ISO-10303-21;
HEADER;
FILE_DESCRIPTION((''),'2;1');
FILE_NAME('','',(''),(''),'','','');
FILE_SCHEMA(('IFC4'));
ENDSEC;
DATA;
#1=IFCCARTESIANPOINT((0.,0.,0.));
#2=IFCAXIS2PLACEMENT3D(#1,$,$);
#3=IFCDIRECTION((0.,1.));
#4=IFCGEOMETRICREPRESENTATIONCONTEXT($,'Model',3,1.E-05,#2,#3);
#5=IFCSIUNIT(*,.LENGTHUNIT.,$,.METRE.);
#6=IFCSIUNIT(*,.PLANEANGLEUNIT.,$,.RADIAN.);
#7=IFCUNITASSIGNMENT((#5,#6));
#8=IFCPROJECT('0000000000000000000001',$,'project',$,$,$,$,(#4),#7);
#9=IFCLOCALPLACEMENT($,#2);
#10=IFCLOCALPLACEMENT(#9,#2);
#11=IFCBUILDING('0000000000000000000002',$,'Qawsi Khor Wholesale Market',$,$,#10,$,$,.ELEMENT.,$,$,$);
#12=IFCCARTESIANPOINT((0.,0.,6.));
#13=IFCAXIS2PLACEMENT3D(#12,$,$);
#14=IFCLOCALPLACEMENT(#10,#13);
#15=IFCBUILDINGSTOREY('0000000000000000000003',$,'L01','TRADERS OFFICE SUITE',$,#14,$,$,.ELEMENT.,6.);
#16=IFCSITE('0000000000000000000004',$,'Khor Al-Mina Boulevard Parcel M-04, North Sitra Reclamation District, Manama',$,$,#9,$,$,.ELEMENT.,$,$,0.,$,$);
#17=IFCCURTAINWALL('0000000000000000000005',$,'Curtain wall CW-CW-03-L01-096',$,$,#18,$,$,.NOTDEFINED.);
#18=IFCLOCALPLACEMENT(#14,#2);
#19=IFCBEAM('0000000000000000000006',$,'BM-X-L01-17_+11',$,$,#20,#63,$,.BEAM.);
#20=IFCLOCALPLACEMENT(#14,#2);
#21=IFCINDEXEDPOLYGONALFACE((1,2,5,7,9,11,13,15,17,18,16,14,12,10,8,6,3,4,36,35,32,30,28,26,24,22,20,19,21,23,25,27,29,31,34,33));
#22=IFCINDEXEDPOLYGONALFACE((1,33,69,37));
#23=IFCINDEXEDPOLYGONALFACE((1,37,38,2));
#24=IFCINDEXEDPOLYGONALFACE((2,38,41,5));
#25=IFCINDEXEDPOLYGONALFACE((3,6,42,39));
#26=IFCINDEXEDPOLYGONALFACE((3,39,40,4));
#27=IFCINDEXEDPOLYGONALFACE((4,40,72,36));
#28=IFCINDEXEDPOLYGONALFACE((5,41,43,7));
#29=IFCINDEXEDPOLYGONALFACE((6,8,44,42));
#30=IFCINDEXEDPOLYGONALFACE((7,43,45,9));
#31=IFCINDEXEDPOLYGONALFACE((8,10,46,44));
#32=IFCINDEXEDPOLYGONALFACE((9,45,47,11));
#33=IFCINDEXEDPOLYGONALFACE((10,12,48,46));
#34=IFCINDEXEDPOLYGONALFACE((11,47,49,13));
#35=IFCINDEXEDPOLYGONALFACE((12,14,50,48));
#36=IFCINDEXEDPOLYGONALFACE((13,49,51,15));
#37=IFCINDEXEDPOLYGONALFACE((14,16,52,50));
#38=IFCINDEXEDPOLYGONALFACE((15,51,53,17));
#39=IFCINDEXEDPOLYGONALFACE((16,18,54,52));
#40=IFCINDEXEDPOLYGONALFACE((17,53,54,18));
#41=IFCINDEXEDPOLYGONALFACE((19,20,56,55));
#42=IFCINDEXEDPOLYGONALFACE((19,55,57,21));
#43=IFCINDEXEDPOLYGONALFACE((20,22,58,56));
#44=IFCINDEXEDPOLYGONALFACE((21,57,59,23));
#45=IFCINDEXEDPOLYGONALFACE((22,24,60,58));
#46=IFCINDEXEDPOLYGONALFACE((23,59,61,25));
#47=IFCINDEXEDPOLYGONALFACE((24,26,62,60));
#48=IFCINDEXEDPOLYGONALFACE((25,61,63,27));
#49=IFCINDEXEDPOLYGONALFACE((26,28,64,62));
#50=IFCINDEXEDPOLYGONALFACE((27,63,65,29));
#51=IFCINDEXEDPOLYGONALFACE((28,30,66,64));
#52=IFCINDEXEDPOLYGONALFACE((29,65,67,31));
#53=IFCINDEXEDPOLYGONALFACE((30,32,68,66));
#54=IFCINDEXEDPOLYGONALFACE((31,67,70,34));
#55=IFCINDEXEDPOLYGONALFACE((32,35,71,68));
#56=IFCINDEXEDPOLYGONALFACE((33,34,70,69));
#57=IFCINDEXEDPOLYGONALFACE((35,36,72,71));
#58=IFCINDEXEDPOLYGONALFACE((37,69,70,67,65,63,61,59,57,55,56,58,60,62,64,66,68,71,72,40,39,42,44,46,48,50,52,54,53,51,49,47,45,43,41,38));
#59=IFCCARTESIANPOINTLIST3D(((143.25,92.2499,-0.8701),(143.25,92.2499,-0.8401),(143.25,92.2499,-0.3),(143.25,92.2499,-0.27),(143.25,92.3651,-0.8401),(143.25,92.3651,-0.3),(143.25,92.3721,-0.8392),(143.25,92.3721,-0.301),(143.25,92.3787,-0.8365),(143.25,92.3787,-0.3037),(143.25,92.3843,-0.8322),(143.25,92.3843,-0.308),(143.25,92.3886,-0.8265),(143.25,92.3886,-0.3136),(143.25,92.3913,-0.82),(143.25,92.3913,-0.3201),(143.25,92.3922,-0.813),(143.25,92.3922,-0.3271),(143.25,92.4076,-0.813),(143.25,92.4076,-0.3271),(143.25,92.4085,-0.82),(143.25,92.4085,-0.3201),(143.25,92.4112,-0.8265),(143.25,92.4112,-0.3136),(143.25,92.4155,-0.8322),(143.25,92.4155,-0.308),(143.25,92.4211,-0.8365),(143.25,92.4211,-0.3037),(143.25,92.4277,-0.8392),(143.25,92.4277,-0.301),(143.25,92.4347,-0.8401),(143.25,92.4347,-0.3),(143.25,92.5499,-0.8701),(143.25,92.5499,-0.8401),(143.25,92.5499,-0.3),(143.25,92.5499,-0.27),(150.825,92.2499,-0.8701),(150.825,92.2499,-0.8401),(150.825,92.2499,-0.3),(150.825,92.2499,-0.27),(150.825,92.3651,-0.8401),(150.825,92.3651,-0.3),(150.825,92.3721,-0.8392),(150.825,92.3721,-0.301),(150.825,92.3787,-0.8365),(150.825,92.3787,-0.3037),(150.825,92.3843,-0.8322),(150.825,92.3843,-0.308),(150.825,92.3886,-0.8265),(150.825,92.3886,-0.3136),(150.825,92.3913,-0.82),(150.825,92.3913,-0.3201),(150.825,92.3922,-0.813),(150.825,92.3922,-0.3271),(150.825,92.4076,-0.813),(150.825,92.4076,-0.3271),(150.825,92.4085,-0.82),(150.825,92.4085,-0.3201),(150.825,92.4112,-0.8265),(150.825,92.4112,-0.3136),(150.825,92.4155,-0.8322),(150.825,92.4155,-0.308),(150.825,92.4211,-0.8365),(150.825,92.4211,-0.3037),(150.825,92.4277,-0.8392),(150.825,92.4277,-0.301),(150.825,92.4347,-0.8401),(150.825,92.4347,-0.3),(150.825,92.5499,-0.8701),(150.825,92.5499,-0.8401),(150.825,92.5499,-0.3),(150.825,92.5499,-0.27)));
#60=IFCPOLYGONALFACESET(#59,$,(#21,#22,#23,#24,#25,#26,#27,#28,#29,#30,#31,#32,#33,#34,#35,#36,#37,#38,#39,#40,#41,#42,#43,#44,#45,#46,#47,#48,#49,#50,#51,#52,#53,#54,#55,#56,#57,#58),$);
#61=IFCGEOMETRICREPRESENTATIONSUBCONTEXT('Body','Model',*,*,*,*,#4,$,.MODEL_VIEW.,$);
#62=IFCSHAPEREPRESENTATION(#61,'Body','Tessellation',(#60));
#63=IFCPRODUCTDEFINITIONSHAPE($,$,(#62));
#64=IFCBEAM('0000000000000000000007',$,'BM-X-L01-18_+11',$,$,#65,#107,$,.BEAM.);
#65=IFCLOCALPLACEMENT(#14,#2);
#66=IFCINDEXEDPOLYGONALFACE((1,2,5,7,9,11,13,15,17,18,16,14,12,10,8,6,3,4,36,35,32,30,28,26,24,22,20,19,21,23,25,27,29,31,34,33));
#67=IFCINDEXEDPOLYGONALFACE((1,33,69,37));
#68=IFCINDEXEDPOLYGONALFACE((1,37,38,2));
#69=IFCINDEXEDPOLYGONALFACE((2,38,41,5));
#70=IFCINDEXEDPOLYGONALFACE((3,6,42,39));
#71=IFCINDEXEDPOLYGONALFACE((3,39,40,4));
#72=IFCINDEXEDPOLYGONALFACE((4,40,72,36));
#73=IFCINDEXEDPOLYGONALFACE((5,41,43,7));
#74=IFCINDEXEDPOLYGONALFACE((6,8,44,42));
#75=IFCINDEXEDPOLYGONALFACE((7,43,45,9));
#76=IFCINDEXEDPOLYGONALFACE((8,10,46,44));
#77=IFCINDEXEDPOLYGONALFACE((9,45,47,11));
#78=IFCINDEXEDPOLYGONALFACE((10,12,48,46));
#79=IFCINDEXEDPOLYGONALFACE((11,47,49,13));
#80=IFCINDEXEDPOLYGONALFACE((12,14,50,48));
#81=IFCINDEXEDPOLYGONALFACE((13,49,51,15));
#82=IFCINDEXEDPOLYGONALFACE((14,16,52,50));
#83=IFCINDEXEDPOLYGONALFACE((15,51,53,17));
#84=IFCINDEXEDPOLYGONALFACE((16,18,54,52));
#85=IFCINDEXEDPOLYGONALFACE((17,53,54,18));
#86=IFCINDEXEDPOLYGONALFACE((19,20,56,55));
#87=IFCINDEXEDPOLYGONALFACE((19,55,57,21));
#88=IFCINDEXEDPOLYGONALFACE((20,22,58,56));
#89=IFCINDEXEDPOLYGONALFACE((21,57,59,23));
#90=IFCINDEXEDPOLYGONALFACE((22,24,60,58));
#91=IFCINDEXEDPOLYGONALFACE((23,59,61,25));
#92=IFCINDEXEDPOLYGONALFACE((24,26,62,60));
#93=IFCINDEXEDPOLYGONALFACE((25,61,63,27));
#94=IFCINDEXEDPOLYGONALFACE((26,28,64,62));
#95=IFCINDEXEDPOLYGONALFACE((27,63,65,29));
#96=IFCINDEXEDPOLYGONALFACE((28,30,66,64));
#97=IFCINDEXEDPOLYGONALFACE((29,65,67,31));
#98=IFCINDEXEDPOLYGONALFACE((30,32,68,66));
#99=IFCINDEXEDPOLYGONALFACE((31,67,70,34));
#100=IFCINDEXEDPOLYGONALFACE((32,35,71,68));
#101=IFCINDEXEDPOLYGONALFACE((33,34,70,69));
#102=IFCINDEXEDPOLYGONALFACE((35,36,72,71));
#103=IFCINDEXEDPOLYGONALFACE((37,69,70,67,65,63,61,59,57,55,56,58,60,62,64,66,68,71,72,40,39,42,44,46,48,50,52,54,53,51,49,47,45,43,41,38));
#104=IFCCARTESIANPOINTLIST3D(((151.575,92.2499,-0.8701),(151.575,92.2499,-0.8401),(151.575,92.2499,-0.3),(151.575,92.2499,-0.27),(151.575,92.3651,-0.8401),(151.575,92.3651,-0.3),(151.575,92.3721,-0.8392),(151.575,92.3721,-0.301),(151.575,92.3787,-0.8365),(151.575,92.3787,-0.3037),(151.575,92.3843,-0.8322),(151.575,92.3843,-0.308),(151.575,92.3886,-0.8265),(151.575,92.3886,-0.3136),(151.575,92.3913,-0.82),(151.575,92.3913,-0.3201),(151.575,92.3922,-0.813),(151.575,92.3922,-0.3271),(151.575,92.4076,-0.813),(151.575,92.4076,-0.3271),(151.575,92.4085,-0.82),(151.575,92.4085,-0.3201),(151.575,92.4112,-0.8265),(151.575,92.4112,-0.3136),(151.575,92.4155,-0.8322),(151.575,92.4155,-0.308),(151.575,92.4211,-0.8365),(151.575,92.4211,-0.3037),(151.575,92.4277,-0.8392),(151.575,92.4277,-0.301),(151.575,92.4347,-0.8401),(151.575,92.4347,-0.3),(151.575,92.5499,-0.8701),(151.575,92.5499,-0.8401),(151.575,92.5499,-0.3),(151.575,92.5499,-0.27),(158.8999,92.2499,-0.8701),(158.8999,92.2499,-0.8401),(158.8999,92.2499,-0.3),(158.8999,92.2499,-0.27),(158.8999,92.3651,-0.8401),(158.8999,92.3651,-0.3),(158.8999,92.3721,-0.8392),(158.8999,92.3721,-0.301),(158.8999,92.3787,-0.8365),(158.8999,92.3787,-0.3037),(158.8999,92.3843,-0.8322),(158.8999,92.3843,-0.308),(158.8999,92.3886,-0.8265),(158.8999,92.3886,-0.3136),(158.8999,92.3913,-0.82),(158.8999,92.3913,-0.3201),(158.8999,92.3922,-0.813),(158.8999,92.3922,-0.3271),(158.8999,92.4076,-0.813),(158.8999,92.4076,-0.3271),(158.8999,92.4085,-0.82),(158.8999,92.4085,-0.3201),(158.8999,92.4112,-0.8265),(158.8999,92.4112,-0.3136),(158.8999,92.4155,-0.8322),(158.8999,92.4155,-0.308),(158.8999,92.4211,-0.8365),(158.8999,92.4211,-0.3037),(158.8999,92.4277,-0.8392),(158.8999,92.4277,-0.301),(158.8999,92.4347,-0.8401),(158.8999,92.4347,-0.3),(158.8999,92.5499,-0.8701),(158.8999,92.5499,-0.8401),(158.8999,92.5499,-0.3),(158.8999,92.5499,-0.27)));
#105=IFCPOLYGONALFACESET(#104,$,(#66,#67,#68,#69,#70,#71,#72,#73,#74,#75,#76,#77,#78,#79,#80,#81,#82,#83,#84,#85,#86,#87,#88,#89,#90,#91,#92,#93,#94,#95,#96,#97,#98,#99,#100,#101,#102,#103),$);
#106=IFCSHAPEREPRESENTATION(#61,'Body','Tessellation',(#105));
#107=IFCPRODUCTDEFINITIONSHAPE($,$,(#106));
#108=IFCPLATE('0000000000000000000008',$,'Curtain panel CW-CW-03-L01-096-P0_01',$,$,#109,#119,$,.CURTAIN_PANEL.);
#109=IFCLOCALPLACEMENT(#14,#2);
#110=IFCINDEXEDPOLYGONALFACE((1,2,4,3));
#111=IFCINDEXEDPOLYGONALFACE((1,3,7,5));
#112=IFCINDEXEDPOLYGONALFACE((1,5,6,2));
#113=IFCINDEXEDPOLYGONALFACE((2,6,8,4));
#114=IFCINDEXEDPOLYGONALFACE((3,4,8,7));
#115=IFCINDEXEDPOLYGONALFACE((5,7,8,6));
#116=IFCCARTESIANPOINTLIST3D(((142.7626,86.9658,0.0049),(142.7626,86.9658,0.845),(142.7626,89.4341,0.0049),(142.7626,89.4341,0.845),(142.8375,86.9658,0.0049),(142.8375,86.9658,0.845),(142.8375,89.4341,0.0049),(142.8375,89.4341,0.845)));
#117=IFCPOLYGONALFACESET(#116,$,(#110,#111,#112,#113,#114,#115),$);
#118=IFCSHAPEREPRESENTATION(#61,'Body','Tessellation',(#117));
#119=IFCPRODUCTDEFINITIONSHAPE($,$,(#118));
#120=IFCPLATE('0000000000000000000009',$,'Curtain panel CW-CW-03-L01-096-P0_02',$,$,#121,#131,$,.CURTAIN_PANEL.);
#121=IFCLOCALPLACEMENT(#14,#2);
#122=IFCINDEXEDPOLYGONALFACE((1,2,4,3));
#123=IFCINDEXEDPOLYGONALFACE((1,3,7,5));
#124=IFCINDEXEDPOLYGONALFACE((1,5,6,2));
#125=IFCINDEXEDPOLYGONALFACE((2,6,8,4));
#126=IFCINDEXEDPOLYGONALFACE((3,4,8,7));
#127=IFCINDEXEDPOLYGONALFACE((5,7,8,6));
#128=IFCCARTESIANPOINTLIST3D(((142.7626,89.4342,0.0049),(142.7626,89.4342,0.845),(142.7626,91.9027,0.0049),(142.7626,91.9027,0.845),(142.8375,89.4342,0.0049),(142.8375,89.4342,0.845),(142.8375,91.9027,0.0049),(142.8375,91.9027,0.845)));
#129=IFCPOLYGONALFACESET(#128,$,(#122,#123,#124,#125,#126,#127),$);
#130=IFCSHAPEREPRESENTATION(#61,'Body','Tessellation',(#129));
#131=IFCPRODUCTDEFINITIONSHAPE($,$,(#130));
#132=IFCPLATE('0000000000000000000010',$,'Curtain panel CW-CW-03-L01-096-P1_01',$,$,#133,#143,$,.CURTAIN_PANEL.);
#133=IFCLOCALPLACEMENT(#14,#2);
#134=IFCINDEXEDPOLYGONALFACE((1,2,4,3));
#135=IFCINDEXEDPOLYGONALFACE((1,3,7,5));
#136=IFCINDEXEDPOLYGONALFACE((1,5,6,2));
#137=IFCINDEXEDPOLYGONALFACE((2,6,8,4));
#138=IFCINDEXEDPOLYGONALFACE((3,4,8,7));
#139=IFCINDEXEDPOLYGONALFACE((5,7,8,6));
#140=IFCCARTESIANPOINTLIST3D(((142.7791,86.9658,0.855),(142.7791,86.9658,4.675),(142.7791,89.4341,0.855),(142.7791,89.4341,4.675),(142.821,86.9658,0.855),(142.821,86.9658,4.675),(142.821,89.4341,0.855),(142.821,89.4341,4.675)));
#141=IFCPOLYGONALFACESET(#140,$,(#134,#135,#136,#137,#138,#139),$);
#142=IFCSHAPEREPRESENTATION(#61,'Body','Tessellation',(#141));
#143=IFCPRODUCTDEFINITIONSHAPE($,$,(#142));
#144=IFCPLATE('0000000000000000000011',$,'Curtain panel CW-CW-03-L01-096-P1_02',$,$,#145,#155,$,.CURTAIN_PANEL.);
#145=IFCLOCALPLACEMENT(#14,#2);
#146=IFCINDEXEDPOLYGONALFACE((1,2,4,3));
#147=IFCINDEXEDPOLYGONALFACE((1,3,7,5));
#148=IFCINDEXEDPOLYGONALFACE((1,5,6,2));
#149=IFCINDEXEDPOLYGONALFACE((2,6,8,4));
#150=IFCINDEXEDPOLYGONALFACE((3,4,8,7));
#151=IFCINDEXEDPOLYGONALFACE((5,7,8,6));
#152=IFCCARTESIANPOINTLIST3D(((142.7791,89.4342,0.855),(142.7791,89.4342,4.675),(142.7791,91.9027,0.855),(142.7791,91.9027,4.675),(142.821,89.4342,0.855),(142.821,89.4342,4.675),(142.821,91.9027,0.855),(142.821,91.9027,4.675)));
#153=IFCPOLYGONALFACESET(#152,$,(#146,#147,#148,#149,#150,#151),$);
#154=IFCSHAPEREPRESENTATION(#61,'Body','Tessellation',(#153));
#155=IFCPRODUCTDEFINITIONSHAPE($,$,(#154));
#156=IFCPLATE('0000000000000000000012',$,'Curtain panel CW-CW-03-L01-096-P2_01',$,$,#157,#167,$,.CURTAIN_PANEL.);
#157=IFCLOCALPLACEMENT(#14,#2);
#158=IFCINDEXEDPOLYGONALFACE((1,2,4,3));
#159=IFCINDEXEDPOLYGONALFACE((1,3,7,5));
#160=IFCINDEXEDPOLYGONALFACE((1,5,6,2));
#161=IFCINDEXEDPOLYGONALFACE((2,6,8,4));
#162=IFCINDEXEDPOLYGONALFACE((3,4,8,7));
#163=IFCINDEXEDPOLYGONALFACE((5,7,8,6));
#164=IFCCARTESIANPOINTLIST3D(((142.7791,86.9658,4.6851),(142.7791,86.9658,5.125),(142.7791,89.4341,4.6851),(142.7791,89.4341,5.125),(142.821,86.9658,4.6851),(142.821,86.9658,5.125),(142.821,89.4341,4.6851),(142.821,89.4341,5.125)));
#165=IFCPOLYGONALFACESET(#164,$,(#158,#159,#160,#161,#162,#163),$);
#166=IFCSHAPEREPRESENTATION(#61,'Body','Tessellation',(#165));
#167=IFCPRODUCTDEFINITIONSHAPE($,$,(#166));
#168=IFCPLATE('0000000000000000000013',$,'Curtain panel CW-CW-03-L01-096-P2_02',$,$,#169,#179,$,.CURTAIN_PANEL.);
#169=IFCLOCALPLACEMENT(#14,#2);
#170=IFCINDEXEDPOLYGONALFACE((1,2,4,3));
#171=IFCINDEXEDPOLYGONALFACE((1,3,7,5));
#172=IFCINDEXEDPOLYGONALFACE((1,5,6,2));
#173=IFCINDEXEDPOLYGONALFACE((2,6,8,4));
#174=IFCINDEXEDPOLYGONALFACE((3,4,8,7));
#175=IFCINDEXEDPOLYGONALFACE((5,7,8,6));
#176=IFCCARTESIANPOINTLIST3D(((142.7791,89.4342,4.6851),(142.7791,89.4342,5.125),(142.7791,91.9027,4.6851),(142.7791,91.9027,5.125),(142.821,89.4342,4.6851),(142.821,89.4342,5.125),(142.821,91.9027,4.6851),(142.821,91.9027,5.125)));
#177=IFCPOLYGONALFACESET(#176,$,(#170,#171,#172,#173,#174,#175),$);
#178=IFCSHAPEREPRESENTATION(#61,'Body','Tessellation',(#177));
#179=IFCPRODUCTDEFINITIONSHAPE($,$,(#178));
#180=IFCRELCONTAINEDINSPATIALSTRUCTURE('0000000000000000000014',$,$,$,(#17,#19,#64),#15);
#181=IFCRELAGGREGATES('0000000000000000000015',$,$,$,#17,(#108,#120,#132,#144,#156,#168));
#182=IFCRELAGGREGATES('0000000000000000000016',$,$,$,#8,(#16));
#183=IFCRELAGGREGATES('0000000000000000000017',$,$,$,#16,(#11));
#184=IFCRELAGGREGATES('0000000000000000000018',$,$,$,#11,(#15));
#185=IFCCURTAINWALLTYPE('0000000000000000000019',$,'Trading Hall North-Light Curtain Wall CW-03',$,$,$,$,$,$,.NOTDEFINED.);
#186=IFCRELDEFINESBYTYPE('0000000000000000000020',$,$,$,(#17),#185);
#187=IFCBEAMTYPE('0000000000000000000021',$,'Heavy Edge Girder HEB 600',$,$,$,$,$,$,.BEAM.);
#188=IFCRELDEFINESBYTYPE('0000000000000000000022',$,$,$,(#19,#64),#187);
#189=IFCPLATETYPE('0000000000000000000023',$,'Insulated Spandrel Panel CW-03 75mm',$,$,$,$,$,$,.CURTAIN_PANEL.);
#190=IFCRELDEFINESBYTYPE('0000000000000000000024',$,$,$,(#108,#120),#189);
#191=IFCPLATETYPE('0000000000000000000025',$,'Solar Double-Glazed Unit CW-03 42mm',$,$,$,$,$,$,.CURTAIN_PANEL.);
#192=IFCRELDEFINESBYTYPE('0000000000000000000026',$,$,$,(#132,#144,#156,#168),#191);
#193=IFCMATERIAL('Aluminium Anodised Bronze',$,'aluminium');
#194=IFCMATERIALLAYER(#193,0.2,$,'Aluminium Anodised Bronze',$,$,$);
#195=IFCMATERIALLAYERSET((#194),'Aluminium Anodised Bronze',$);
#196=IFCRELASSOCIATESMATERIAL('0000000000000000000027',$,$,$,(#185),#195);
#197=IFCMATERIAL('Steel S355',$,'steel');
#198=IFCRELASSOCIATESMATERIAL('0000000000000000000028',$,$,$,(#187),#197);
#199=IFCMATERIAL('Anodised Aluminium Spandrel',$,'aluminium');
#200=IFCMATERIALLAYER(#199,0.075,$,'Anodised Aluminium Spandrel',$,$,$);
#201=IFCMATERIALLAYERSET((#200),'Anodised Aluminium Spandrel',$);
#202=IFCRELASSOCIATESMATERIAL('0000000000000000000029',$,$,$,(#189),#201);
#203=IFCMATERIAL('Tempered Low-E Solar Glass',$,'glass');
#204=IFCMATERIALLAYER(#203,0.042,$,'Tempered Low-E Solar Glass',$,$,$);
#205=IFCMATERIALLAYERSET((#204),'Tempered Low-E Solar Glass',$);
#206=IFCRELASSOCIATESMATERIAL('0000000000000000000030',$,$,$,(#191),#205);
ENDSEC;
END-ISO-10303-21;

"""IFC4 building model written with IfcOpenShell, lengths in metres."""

from ifc_helpers import new_model, si_unit, direction, frame, frame_2d, origin, origin_2d, place, context, subcontext, project, spatial, rectangle, i_section, extrude, material, layer, layer_set, material_profile, profile_set, type_object, element, aggregate, save


model = new_model("IFC4")

# Units and contexts
model_context = context("Model", 3, precision=1e-05, world=origin(), true_north=direction((0.0, 1.0)))
body_context = subcontext(model_context, "Body", "Model", "MODEL_VIEW")
ifc_project = project(units=[si_unit("LENGTHUNIT", "METRE"), si_unit("PLANEANGLEUNIT", "RADIAN")], contexts=[model_context])

# Site, building, storey
site_placement = place(None, origin())
site = spatial("IfcSite", under=ifc_project, at=site_placement, Name="Khor Al-Mina Boulevard Parcel M-04, North Sitra Reclamation District, Manama", CompositionType="ELEMENT", RefElevation=0.0)
building_placement = place(site_placement, origin())
building = spatial("IfcBuilding", under=site, at=building_placement, Name="Qawsi Khor Wholesale Market", CompositionType="ELEMENT")
storey_placement = place(building_placement, frame((0.0, 0.0, 6.0)))
storey = spatial("IfcBuildingStorey", under=building, at=storey_placement, Name="L01", Description="TRADERS OFFICE SUITE", CompositionType="ELEMENT", Elevation=6.0)

# Curtain wall
ifc_material_1 = material(Name="Aluminium Anodised Bronze", Category="aluminium")
ifc_layer_1 = layer(ifc_material_1, 0.2, Name="Aluminium Anodised Bronze")
ifc_layer_set_1 = layer_set([ifc_layer_1], Name="Aluminium Anodised Bronze")
curtain_wall_type = type_object("IfcCurtainWallType", Name="Trading Hall North-Light Curtain Wall CW-03", PredefinedType="NOTDEFINED", material=ifc_layer_set_1)
curtain_wall_placement = place(storey_placement, origin())
curtain_wall = element("IfcCurtainWall", 1, at=curtain_wall_placement, inside=storey, type_object=curtain_wall_type, Name="Curtain wall CW-CW-03-L01-096", PredefinedType="NOTDEFINED")

# Beams
ifc_material_2 = material(Name="Steel S355", Category="steel")
ifc_material_profile_1 = material_profile(ifc_material_2, i_section(OverallWidth=0.3, OverallDepth=0.6001, WebThickness=0.0154, FlangeThickness=0.03, FilletRadius=0.0271, at=origin_2d()), Name="HEB 600")
ifc_profile_set_1 = profile_set([ifc_material_profile_1], Name="Steel S355")
beam_type = type_object("IfcBeamType", Name="Heavy Edge Girder HEB 600", PredefinedType="BEAM", material=ifc_profile_set_1)
beam_1_placement = place(storey_placement, frame((143.25, 92.3999, -0.5701), z_axis=(1.0, 0.0, 0.0), x_axis=(0.0, 1.0, 0.0)))
element("IfcBeam", 2, at=beam_1_placement, inside=storey, type_object=beam_type, Name="BM-X-L01-17_+11", PredefinedType="BEAM", context=body_context, shape_type="SweptSolid", body=[
    extrude(i_section(OverallWidth=0.3, OverallDepth=0.6001, WebThickness=0.0154, FlangeThickness=0.03, FilletRadius=0.0271, at=origin_2d()), origin(), (0.0, 0.0, 1.0), 7.575),
])
beam_2_placement = place(storey_placement, frame((151.575, 92.3999, -0.5701), z_axis=(1.0, 0.0, 0.0), x_axis=(0.0, 1.0, 0.0)))
element("IfcBeam", 3, at=beam_2_placement, inside=storey, type_object=beam_type, Name="BM-X-L01-18_+11", PredefinedType="BEAM", context=body_context, shape_type="SweptSolid", body=[
    extrude(i_section(OverallWidth=0.3, OverallDepth=0.6001, WebThickness=0.0154, FlangeThickness=0.03, FilletRadius=0.0271, at=origin_2d()), origin(), (0.0, 0.0, 1.0), 7.325),
])

# Plates
ifc_material_3 = material(Name="Anodised Aluminium Spandrel", Category="aluminium")
ifc_layer_2 = layer(ifc_material_3, 0.075, Name="Anodised Aluminium Spandrel")
ifc_layer_set_2 = layer_set([ifc_layer_2], Name="Anodised Aluminium Spandrel")
plate_type_1 = type_object("IfcPlateType", Name="Insulated Spandrel Panel CW-03 75mm", PredefinedType="CURTAIN_PANEL", material=ifc_layer_set_2)
plate_1_placement = place(storey_placement, frame((142.8, 86.9658, 0.0049), z_axis=(0.0, 0.0, 1.0), x_axis=(0.0, 1.0, 0.0)))
plate_1 = element("IfcPlate", 4, at=plate_1_placement, type_object=plate_type_1, Name="Curtain panel CW-CW-03-L01-096-P0_01", PredefinedType="CURTAIN_PANEL", context=body_context, shape_type="SweptSolid", body=[
    extrude(rectangle(XDim=2.4683, YDim=0.075, at=frame_2d((1.2341, 0.0))), origin(), (0.0, 0.0, 1.0), 0.8401),
])
plate_2_placement = place(storey_placement, frame((142.8, 89.4341, 0.0049), z_axis=(0.0, 0.0, 1.0), x_axis=(0.0, 1.0, 0.0)))
plate_2 = element("IfcPlate", 5, at=plate_2_placement, type_object=plate_type_1, Name="Curtain panel CW-CW-03-L01-096-P0_02", PredefinedType="CURTAIN_PANEL", context=body_context, shape_type="SweptSolid", body=[
    extrude(rectangle(XDim=2.4685, YDim=0.075, at=frame_2d((1.2344, 0.0))), origin(), (0.0, 0.0, 1.0), 0.8401),
])
ifc_material_4 = material(Name="Tempered Low-E Solar Glass", Category="glass")
ifc_layer_3 = layer(ifc_material_4, 0.042, Name="Tempered Low-E Solar Glass")
ifc_layer_set_3 = layer_set([ifc_layer_3], Name="Tempered Low-E Solar Glass")
plate_type_2 = type_object("IfcPlateType", Name="Solar Double-Glazed Unit CW-03 42mm", PredefinedType="CURTAIN_PANEL", material=ifc_layer_set_3)
plate_3_placement = place(storey_placement, frame((142.8, 86.9658, 0.855), z_axis=(0.0, 0.0, 1.0), x_axis=(0.0, 1.0, 0.0)))
plate_3 = element("IfcPlate", 6, at=plate_3_placement, type_object=plate_type_2, Name="Curtain panel CW-CW-03-L01-096-P1_01", PredefinedType="CURTAIN_PANEL", context=body_context, shape_type="SweptSolid", body=[
    extrude(rectangle(XDim=2.4683, YDim=0.042, at=frame_2d((1.2341, 0.0))), origin(), (0.0, 0.0, 1.0), 3.8201),
])
plate_4_placement = place(storey_placement, frame((142.8, 89.4341, 0.855), z_axis=(0.0, 0.0, 1.0), x_axis=(0.0, 1.0, 0.0)))
plate_4 = element("IfcPlate", 7, at=plate_4_placement, type_object=plate_type_2, Name="Curtain panel CW-CW-03-L01-096-P1_02", PredefinedType="CURTAIN_PANEL", context=body_context, shape_type="SweptSolid", body=[
    extrude(rectangle(XDim=2.4685, YDim=0.042, at=frame_2d((1.2344, 0.0))), origin(), (0.0, 0.0, 1.0), 3.8201),
])
plate_5_placement = place(storey_placement, frame((142.8, 86.9658, 4.6851), z_axis=(0.0, 0.0, 1.0), x_axis=(0.0, 1.0, 0.0)))
plate_5 = element("IfcPlate", 8, at=plate_5_placement, type_object=plate_type_2, Name="Curtain panel CW-CW-03-L01-096-P2_01", PredefinedType="CURTAIN_PANEL", context=body_context, shape_type="SweptSolid", body=[
    extrude(rectangle(XDim=2.4683, YDim=0.042, at=frame_2d((1.2341, 0.0))), origin(), (0.0, 0.0, 1.0), 0.4399),
])
plate_6_placement = place(storey_placement, frame((142.8, 89.4341, 4.6851), z_axis=(0.0, 0.0, 1.0), x_axis=(0.0, 1.0, 0.0)))
plate_6 = element("IfcPlate", 9, at=plate_6_placement, type_object=plate_type_2, Name="Curtain panel CW-CW-03-L01-096-P2_02", PredefinedType="CURTAIN_PANEL", context=body_context, shape_type="SweptSolid", body=[
    extrude(rectangle(XDim=2.4685, YDim=0.042, at=frame_2d((1.2344, 0.0))), origin(), (0.0, 0.0, 1.0), 0.4399),
])
aggregate(curtain_wall, [plate_1, plate_2, plate_3, plate_4, plate_5, plate_6])

save(model, "model.ifc")
